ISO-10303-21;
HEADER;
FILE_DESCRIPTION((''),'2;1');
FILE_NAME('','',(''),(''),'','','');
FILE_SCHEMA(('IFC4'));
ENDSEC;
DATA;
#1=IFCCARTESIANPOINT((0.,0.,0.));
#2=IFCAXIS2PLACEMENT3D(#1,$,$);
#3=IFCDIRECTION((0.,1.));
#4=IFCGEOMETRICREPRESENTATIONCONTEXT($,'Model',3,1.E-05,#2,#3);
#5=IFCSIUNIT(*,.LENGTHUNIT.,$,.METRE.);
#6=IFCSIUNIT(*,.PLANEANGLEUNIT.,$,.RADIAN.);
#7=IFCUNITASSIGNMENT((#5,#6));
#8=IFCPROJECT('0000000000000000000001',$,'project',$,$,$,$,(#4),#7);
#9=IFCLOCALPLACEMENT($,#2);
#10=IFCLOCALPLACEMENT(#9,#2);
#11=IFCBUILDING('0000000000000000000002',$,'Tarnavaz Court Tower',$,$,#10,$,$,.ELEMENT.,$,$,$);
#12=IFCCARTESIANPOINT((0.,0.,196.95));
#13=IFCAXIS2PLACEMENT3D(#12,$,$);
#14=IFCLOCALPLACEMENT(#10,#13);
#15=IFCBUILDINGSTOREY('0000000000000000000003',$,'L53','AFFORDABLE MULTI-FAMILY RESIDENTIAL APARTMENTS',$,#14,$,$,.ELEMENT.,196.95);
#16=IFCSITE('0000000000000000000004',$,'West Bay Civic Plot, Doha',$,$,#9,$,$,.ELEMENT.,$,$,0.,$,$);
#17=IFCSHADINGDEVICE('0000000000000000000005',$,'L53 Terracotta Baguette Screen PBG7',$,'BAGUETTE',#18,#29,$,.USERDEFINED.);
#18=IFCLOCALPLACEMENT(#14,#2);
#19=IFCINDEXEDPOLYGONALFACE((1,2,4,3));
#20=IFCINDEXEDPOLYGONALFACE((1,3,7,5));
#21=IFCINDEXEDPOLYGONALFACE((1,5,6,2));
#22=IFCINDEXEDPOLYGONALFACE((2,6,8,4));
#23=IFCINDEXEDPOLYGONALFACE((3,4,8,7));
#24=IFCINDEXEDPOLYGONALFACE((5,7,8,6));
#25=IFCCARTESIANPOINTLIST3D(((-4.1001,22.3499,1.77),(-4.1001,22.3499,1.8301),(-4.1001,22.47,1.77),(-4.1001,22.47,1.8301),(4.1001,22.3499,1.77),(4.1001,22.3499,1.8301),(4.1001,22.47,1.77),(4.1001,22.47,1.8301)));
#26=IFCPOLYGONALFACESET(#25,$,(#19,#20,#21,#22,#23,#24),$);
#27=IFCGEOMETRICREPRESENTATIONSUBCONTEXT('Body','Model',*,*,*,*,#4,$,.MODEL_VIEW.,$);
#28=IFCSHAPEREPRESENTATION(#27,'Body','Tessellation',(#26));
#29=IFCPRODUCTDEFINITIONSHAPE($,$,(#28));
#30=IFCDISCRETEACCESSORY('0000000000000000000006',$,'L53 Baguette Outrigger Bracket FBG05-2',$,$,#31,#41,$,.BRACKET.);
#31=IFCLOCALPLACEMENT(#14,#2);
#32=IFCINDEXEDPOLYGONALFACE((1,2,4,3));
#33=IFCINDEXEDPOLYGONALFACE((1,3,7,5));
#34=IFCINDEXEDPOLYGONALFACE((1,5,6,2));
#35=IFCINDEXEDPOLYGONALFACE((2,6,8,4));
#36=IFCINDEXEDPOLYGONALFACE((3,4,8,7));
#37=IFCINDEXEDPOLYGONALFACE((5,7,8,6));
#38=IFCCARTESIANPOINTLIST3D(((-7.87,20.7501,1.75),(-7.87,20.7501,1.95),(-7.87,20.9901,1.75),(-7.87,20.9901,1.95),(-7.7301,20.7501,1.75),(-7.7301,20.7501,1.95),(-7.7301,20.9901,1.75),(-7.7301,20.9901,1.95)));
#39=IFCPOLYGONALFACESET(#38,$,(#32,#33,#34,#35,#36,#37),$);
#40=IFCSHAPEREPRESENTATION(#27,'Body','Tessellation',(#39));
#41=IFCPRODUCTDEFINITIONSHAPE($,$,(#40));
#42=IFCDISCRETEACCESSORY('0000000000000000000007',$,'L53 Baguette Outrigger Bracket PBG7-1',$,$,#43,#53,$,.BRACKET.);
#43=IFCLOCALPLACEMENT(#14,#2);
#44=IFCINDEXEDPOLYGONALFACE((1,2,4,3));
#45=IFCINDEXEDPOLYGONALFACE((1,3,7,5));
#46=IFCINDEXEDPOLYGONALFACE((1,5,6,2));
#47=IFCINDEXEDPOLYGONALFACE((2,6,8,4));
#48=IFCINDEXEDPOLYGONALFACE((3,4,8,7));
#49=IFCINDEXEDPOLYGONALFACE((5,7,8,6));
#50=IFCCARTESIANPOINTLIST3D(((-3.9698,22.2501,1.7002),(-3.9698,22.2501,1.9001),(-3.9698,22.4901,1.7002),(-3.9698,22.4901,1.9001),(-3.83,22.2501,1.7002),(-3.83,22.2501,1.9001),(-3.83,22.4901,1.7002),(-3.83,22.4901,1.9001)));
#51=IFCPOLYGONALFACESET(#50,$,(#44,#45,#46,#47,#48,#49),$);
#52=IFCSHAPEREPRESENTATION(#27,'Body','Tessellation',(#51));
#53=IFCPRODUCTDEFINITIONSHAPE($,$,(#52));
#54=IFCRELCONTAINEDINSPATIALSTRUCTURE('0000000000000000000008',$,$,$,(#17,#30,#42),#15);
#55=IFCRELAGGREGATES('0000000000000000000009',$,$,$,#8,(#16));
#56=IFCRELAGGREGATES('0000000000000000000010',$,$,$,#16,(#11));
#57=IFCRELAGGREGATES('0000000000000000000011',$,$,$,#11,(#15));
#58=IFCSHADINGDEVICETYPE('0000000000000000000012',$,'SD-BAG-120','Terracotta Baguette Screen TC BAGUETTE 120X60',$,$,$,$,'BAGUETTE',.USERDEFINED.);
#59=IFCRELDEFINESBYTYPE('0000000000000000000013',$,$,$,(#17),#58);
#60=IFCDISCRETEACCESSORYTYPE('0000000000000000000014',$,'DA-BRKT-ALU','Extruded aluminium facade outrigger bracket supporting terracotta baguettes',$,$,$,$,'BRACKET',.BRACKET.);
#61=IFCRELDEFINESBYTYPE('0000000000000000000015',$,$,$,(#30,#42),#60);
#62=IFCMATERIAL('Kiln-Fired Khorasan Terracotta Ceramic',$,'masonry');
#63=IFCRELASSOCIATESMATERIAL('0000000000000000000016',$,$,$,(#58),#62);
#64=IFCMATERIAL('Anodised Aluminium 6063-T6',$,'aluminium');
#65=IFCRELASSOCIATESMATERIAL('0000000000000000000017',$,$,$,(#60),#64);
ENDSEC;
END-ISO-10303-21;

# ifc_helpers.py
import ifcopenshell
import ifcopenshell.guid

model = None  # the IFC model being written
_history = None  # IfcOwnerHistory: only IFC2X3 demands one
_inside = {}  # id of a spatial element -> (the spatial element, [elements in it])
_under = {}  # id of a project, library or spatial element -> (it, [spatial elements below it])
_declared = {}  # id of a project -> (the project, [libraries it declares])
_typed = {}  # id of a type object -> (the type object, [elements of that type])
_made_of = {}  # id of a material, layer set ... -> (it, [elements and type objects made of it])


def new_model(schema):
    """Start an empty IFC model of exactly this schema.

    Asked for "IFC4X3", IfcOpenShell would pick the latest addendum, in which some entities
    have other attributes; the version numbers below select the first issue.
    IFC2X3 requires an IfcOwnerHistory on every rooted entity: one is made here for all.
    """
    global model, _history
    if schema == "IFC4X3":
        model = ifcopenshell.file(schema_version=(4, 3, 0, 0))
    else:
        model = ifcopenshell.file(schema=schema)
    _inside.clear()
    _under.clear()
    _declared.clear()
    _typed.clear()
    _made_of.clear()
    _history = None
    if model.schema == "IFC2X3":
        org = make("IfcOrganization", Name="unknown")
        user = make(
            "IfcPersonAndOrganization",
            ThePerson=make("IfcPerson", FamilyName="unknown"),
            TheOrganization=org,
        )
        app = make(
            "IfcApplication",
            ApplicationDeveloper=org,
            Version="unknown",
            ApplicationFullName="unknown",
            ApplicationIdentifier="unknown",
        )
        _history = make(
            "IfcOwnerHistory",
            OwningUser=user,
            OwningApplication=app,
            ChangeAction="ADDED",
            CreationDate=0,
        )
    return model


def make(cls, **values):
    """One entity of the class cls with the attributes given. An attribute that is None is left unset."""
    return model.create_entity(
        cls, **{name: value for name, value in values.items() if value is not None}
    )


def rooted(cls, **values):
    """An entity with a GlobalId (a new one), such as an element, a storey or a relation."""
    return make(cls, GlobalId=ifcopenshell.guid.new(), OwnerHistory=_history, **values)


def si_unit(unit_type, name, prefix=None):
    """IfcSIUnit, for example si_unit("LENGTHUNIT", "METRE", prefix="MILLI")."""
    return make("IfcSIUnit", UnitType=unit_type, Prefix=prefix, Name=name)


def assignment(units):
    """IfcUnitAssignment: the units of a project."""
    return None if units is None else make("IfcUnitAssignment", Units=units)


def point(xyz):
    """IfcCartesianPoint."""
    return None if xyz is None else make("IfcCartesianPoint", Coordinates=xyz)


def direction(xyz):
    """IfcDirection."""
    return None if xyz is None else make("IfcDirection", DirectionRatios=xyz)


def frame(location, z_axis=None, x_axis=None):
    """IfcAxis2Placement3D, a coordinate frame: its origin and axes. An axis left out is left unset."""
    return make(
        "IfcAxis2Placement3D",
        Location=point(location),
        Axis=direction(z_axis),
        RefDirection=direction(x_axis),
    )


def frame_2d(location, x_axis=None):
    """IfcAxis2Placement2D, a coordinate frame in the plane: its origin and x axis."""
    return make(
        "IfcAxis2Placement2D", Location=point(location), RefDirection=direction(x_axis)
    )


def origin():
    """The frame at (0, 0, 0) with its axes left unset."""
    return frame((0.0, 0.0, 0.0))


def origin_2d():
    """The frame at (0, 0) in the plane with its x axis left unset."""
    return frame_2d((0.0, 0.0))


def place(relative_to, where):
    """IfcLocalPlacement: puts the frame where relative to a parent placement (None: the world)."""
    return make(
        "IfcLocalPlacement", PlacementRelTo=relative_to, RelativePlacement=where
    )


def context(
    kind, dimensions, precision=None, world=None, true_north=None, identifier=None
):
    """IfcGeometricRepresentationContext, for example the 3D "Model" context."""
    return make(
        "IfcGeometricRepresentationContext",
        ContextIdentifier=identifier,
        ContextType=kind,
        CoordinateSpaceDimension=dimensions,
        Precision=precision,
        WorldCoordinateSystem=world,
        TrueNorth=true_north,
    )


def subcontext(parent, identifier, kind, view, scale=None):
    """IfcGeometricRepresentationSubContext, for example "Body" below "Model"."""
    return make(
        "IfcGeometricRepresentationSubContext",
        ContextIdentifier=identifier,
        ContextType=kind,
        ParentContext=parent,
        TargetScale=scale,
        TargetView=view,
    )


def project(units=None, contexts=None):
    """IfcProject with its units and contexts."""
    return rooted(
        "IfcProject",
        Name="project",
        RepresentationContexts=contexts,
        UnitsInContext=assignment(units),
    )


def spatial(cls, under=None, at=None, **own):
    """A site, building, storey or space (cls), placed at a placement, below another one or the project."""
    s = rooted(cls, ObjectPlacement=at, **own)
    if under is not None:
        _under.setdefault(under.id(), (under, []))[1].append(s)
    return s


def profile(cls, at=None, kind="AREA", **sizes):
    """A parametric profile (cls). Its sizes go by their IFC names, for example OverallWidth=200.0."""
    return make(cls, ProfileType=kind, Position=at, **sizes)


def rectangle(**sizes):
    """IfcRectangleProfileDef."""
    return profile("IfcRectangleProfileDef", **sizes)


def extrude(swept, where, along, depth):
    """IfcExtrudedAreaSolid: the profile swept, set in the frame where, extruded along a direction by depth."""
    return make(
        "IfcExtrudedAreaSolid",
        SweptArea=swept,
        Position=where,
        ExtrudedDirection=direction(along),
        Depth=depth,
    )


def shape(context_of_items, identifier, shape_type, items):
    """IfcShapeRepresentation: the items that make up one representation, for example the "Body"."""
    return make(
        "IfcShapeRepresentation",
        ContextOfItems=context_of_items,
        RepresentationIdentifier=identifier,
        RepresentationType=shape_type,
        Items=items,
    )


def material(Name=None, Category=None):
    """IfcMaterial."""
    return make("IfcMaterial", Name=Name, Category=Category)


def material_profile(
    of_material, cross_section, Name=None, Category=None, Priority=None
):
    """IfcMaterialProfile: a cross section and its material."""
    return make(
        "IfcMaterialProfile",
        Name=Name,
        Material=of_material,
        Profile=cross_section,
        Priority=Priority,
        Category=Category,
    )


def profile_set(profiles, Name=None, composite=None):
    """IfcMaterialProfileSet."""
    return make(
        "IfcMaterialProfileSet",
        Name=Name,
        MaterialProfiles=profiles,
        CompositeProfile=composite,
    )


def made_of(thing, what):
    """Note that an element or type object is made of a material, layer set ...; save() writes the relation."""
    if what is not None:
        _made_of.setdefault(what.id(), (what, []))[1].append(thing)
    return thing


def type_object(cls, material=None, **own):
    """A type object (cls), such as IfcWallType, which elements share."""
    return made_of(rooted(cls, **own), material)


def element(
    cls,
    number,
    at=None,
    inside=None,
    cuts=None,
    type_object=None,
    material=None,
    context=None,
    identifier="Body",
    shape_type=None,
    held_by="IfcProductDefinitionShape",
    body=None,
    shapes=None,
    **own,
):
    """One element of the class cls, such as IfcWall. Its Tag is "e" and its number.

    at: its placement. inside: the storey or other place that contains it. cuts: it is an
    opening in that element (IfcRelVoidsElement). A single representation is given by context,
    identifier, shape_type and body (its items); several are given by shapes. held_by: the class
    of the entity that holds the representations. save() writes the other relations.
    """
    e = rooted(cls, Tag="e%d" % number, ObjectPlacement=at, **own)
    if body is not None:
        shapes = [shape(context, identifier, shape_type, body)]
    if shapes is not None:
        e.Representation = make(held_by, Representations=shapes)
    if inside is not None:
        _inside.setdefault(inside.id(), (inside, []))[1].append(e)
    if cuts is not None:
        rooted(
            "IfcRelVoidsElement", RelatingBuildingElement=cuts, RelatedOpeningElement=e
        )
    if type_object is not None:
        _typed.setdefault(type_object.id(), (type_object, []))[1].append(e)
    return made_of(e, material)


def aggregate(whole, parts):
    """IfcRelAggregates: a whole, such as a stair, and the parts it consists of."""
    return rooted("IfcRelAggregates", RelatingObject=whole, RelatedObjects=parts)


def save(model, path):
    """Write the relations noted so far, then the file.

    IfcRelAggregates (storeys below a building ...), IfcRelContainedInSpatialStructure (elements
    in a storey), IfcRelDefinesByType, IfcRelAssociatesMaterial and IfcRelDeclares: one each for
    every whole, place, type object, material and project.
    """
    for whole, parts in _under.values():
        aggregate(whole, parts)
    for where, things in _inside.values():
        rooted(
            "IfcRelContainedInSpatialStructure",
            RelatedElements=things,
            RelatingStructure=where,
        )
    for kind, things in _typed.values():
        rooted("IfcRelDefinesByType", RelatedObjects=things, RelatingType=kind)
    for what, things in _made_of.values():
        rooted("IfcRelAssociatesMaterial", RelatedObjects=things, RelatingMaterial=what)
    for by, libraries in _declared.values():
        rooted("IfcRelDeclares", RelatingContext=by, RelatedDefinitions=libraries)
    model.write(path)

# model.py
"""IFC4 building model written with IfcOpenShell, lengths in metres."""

from ifc_helpers import new_model, si_unit, direction, frame, origin, origin_2d, place, context, subcontext, project, spatial, rectangle, extrude, material, material_profile, profile_set, type_object, element, save


model = new_model("IFC4")

# Units and contexts
model_context = context("Model", 3, precision=1e-05, world=origin(), true_north=direction((0.0, 1.0)))
body_context = subcontext(model_context, "Body", "Model", "MODEL_VIEW")
ifc_project = project(units=[si_unit("LENGTHUNIT", "METRE"), si_unit("PLANEANGLEUNIT", "RADIAN")], contexts=[model_context])

# Site, building, storey
site_placement = place(None, origin())
site = spatial("IfcSite", under=ifc_project, at=site_placement, Name="West Bay Civic Plot, Doha", CompositionType="ELEMENT", RefElevation=0.0)
building_placement = place(site_placement, origin())
building = spatial("IfcBuilding", under=site, at=building_placement, Name="Tarnavaz Court Tower", CompositionType="ELEMENT")
storey_placement = place(building_placement, frame((0.0, 0.0, 196.95)))
storey = spatial("IfcBuildingStorey", under=building, at=storey_placement, Name="L53", Description="AFFORDABLE MULTI-FAMILY RESIDENTIAL APARTMENTS", CompositionType="ELEMENT", Elevation=196.95)

# Shared definitions
ifc_material_1 = material(Name="Anodised Aluminium 6063-T6", Category="aluminium")

# Shading device
ifc_material_2 = material(Name="Kiln-Fired Khorasan Terracotta Ceramic", Category="masonry")
ifc_material_profile_1 = material_profile(ifc_material_2, rectangle(XDim=0.1201, YDim=0.0601, at=origin_2d()), Name="TC BAGUETTE 120X60")
ifc_profile_set_1 = profile_set([ifc_material_profile_1], Name="Kiln-Fired Khorasan Terracotta Ceramic")
shading_device_type = type_object("IfcShadingDeviceType", Name="SD-BAG-120", Description="Terracotta Baguette Screen TC BAGUETTE 120X60", ElementType="BAGUETTE", PredefinedType="USERDEFINED", material=ifc_profile_set_1)
shading_device_placement = place(storey_placement, frame((-4.1001, 22.4099, 1.8), z_axis=(1.0, 0.0, 0.0), x_axis=(0.0, 1.0, 0.0)))
element("IfcShadingDevice", 1, at=shading_device_placement, inside=storey, type_object=shading_device_type, Name="L53 Terracotta Baguette Screen PBG7", ObjectType="BAGUETTE", PredefinedType="USERDEFINED", context=body_context, shape_type="SweptSolid", body=[
    extrude(rectangle(XDim=0.1201, YDim=0.0601, at=origin_2d()), origin(), (0.0, 0.0, 1.0), 8.2002),
])

# Discrete accessories
discrete_accessory_type = type_object("IfcDiscreteAccessoryType", Name="DA-BRKT-ALU", Description="Extruded aluminium facade outrigger bracket supporting terracotta baguettes", ElementType="BRACKET", PredefinedType="BRACKET", material=ifc_material_1)
for number, where, z_axis, x_axis, name in (
    (2, (-7.8, 20.8701, 1.75), (0.0, 0.0, 1.0), (1.0, 0.0, 0.0), "L53 Baguette Outrigger Bracket FBG05-2"),
    (3, (-3.8999, 22.3701, 1.7002), (0.0, 0.0, 1.0), (1.0, 0.0, 0.0), "L53 Baguette Outrigger Bracket PBG7-1"),
):
    element("IfcDiscreteAccessory", number, at=place(storey_placement, frame(where, z_axis=z_axis, x_axis=x_axis)), inside=storey, type_object=discrete_accessory_type, Name=name, PredefinedType="BRACKET", context=body_context, shape_type="SweptSolid", body=[
        extrude(rectangle(XDim=0.1399, YDim=0.24, at=origin_2d()), origin(), (0.0, 0.0, 1.0), 0.2),
    ])

save(model, "model.ifc")
